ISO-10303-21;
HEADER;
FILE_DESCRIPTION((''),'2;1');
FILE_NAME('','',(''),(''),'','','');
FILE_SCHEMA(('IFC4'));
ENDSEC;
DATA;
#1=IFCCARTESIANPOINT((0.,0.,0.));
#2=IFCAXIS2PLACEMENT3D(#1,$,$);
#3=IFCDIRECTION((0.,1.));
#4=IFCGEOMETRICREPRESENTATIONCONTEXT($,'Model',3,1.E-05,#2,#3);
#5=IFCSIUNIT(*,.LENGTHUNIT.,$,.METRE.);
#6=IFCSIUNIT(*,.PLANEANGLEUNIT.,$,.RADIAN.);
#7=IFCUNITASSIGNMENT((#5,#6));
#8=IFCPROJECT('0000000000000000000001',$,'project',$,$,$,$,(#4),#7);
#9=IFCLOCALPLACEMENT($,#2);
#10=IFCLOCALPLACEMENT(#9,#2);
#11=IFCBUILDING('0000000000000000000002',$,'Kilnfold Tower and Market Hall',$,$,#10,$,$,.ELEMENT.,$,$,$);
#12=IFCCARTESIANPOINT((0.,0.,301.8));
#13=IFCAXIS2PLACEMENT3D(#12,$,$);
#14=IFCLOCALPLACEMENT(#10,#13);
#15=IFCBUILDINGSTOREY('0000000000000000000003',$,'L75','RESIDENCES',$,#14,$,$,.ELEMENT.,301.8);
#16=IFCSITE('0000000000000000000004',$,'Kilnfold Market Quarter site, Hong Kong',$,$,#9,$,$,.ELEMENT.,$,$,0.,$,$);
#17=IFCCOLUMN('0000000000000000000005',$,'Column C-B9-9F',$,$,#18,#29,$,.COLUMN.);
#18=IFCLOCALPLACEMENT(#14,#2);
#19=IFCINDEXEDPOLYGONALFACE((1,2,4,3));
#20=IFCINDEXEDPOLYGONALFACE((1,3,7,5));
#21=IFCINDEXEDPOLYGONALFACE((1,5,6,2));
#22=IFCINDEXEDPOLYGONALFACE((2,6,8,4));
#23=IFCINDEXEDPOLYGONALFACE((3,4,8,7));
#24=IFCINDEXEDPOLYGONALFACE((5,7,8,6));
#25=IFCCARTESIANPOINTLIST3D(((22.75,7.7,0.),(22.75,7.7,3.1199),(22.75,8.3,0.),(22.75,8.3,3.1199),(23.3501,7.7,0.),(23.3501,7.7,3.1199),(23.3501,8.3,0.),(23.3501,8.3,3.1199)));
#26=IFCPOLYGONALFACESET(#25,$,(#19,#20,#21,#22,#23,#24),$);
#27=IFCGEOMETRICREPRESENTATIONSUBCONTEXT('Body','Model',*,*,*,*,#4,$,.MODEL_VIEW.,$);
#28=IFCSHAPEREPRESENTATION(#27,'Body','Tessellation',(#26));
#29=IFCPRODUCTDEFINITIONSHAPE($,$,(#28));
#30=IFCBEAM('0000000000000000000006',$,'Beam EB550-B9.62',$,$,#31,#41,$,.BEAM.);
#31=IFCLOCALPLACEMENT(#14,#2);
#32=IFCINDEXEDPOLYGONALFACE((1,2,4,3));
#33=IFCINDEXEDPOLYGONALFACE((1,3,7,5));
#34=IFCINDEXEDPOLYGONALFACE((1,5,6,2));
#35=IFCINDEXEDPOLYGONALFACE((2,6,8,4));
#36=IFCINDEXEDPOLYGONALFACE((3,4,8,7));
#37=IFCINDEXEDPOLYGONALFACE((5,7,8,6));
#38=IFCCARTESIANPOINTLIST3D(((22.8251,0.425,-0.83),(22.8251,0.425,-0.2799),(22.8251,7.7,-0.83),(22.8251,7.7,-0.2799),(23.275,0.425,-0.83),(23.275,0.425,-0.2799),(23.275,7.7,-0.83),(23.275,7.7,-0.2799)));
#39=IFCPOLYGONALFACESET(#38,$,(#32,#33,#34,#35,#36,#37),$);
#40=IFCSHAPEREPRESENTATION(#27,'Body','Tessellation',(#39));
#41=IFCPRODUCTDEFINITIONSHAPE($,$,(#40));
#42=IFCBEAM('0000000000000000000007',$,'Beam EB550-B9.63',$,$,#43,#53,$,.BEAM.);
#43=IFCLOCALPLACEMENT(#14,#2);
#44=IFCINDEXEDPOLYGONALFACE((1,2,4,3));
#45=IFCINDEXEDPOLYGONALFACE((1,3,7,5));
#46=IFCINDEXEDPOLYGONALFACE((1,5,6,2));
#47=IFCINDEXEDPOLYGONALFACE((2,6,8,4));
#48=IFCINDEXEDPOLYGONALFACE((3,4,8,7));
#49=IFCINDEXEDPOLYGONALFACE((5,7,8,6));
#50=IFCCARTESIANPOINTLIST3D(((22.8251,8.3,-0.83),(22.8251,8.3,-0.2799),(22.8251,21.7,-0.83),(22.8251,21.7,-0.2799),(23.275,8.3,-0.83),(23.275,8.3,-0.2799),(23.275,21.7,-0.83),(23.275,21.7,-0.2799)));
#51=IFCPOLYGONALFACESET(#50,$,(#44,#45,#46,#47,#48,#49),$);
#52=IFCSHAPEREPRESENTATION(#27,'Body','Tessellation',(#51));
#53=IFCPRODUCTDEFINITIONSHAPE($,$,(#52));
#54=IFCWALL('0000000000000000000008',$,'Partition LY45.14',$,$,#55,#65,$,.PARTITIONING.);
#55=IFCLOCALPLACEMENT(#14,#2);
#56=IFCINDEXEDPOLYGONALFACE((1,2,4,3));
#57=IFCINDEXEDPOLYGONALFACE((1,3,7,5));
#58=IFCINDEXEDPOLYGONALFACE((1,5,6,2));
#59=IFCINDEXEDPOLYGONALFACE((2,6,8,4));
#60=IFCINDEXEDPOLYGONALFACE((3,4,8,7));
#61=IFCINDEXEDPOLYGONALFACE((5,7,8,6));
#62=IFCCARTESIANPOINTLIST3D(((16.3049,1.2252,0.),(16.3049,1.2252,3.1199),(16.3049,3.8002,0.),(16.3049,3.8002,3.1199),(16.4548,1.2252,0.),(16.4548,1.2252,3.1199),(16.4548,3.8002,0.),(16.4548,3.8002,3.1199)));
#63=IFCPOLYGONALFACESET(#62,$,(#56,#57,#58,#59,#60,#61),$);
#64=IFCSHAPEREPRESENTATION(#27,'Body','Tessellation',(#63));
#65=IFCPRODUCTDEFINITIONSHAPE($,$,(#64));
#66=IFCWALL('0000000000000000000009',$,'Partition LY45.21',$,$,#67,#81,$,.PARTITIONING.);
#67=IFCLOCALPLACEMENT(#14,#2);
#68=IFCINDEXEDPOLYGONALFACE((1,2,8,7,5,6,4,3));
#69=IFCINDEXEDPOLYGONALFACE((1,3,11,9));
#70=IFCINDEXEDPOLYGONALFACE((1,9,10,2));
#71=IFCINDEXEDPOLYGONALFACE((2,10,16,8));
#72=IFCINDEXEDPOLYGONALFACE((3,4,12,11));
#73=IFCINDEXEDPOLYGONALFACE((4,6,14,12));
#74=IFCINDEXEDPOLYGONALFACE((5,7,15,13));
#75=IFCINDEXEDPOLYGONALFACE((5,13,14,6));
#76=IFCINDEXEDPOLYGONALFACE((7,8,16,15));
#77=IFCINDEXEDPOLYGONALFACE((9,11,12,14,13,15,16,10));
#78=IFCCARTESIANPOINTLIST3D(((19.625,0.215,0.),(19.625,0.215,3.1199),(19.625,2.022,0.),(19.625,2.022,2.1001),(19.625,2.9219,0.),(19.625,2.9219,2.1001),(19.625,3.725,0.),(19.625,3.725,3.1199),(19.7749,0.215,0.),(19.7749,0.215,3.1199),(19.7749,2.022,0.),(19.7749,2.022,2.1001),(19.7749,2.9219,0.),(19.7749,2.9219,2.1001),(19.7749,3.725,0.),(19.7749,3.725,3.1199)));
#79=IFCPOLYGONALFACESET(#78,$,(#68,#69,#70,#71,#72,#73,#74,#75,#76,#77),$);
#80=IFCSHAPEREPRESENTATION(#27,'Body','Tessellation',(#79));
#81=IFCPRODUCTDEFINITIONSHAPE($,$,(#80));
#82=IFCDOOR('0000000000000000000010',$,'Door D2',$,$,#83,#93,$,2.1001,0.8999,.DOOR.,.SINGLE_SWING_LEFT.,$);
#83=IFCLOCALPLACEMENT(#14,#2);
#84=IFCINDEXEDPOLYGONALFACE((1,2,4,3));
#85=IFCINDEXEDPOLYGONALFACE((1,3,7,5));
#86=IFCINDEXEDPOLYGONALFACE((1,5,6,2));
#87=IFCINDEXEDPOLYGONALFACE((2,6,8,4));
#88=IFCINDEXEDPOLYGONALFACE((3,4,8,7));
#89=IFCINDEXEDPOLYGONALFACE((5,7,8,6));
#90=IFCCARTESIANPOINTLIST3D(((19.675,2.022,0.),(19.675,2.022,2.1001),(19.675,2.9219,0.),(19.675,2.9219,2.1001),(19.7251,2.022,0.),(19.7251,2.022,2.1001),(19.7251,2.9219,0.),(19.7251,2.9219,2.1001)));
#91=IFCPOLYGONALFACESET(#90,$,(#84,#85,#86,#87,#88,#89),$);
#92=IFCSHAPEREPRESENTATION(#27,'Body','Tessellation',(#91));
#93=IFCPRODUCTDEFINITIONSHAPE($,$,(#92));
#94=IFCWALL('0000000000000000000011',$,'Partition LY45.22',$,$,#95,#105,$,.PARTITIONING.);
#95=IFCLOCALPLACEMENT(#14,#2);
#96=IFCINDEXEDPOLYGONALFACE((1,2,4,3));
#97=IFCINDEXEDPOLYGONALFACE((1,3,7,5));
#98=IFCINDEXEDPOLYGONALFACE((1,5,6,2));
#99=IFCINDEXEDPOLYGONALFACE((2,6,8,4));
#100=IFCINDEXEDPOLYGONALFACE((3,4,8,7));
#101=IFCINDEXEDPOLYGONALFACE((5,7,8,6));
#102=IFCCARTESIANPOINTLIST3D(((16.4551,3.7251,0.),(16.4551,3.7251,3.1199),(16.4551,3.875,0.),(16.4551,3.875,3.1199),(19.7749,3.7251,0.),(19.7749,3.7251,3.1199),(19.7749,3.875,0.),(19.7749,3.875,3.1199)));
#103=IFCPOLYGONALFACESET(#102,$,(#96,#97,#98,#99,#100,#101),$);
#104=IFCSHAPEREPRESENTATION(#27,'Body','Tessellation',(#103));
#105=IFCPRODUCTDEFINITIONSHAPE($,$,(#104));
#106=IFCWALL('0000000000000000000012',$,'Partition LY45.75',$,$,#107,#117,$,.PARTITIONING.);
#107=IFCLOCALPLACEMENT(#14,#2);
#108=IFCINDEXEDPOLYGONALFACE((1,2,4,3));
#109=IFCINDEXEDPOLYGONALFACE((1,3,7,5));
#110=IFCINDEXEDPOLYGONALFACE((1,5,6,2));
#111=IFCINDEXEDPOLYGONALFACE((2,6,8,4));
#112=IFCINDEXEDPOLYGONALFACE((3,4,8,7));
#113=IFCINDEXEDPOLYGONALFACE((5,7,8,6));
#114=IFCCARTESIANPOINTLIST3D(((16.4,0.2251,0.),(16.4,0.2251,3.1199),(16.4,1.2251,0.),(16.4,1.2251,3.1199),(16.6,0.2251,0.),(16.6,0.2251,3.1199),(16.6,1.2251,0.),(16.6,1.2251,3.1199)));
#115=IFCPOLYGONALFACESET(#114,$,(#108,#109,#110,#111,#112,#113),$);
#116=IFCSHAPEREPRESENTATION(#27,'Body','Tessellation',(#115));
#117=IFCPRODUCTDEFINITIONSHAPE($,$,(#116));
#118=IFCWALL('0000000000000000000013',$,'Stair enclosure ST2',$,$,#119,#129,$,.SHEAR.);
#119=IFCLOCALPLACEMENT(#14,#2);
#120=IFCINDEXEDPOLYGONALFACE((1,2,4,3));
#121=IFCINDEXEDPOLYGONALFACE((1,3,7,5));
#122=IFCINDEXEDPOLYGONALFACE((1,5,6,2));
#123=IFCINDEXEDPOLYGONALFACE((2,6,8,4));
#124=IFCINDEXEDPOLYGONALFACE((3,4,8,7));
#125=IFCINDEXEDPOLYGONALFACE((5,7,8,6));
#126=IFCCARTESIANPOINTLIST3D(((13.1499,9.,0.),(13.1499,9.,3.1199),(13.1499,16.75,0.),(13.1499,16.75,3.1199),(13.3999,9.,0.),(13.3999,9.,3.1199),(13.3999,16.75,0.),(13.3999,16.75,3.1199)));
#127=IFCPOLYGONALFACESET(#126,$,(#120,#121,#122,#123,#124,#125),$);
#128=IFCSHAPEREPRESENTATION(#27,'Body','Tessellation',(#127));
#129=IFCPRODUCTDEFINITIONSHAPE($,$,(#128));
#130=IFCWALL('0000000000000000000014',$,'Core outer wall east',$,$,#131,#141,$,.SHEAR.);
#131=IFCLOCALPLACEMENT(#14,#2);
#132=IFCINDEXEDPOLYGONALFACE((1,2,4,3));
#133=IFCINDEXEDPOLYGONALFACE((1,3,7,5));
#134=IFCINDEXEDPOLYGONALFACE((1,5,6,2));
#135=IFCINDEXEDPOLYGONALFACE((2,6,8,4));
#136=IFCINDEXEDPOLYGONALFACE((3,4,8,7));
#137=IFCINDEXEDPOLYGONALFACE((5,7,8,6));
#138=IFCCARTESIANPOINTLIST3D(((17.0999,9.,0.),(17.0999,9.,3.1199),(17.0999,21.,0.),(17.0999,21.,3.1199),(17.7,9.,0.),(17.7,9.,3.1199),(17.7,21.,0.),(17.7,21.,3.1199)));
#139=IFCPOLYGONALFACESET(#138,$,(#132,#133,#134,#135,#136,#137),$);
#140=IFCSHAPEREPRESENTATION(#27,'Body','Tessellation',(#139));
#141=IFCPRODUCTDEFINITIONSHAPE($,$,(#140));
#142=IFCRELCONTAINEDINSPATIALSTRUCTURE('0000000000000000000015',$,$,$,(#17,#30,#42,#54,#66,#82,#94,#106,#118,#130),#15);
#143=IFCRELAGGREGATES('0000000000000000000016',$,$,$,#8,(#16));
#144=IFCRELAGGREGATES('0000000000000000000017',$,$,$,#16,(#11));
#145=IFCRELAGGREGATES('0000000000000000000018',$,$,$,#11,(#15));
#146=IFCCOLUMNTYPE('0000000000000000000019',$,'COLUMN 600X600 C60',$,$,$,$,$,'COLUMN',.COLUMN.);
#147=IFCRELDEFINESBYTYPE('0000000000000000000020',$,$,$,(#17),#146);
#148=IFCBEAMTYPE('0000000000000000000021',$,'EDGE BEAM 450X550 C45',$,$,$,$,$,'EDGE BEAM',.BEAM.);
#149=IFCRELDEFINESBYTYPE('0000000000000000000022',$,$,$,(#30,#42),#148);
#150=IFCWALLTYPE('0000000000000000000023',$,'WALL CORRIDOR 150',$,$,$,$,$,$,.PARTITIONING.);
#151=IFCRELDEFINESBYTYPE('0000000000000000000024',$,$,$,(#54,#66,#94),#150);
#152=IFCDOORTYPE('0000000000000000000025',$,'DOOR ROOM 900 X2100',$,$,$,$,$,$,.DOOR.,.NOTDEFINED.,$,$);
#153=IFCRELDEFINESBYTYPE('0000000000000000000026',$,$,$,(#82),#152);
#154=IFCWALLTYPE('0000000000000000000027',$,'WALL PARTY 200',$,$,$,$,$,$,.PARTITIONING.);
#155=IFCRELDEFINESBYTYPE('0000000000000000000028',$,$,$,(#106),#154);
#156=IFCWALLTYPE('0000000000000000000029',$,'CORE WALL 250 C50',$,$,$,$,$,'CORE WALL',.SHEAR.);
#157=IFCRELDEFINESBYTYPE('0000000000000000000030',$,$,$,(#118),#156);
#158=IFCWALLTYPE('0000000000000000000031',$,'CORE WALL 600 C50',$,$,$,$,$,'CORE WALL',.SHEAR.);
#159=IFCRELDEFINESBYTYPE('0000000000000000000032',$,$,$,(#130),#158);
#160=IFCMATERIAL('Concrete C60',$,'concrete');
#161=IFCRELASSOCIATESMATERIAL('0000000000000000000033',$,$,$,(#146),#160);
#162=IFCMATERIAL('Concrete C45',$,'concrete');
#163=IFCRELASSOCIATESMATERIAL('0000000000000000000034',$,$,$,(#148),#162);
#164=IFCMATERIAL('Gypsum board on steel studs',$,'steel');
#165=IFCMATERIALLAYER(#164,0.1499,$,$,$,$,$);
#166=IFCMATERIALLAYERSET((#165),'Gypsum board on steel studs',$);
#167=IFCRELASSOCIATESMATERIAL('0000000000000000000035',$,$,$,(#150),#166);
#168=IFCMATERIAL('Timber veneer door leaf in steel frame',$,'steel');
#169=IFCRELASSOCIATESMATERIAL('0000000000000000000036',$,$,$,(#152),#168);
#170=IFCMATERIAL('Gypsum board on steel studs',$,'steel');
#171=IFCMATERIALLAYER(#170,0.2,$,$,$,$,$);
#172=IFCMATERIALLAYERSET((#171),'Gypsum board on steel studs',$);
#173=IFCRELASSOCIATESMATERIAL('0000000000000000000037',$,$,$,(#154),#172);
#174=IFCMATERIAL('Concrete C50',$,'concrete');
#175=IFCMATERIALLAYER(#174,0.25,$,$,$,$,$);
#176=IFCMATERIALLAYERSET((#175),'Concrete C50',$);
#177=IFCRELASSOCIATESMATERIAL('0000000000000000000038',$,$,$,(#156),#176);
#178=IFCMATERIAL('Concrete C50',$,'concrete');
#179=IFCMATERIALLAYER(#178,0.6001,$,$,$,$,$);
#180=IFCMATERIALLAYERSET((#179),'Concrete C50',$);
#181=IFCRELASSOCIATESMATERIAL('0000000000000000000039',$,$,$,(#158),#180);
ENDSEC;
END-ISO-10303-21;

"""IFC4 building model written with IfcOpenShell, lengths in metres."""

from ifc_helpers import new_model, si_unit, direction, frame, frame_2d, origin, origin_2d, place, context, subcontext, project, spatial, rectangle, extrude, source, transform, mapped, material, layer, layer_set, material_profile, profile_set, type_object, element, fill, save


model = new_model("IFC4")

# Units and contexts
model_context = context("Model", 3, precision=1e-05, world=origin(), true_north=direction((0.0, 1.0)))
body_context = subcontext(model_context, "Body", "Model", "MODEL_VIEW")
ifc_project = project(units=[si_unit("LENGTHUNIT", "METRE"), si_unit("PLANEANGLEUNIT", "RADIAN")], contexts=[model_context])

# Site, building, storey
site_placement = place(None, origin())
site = spatial("IfcSite", under=ifc_project, at=site_placement, Name="Kilnfold Market Quarter site, Hong Kong", CompositionType="ELEMENT", RefElevation=0.0)
building_placement = place(site_placement, origin())
building = spatial("IfcBuilding", under=site, at=building_placement, Name="Kilnfold Tower and Market Hall", CompositionType="ELEMENT")
storey_placement = place(building_placement, frame((0.0, 0.0, 301.8)))
storey = spatial("IfcBuildingStorey", under=building, at=storey_placement, Name="L75", Description="RESIDENCES", CompositionType="ELEMENT", Elevation=301.8)

# Column
ifc_material_1 = material(Name="Concrete C60", Category="concrete")
ifc_material_profile_1 = material_profile(ifc_material_1, rectangle(XDim=0.6001, YDim=0.6001, at=origin_2d()), Name="RC 600x600")
ifc_profile_set_1 = profile_set([ifc_material_profile_1], Name="Concrete C60")
column_type = type_object("IfcColumnType", Name="COLUMN 600X600 C60", ElementType="COLUMN", PredefinedType="COLUMN", material=ifc_profile_set_1)
shared_shape_1 = source(origin(), body_context, "Body", "SweptSolid", [
    extrude(rectangle(XDim=0.6001, YDim=0.6001, at=origin_2d()), origin(), (0.0, 0.0, 1.0), 3.1199),
])
column_placement = place(storey_placement, frame((23.05, 8.0, 0.0), z_axis=(0.0, 0.0, 1.0), x_axis=(1.0, 0.0, 0.0)))
element("IfcColumn", 1, at=column_placement, inside=storey, type_object=column_type, Name="Column C-B9-9F", PredefinedType="COLUMN", context=body_context, shape_type="MappedRepresentation", body=[
    mapped(shared_shape_1, transform((0.0, 0.0, 0.0))),
])

# Beams
ifc_material_2 = material(Name="Concrete C45", Category="concrete")
ifc_material_profile_2 = material_profile(ifc_material_2, rectangle(XDim=0.45, YDim=0.55, at=origin_2d()), Name="RC 450x550")
ifc_profile_set_2 = profile_set([ifc_material_profile_2], Name="Concrete C45")
beam_type = type_object("IfcBeamType", Name="EDGE BEAM 450X550 C45", ElementType="EDGE BEAM", PredefinedType="BEAM", material=ifc_profile_set_2)
shared_shape_2 = source(origin(), body_context, "Body", "SweptSolid", [
    extrude(rectangle(XDim=0.45, YDim=0.55, at=origin_2d()), origin(), (0.0, 0.0, 1.0), 7.2749),
])
beam_1_placement = place(storey_placement, frame((23.05, 0.425, -0.5549), z_axis=(0.0, 1.0, 0.0), x_axis=(-1.0, 0.0, 0.0)))
element("IfcBeam", 2, at=beam_1_placement, inside=storey, type_object=beam_type, Name="Beam EB550-B9.62", PredefinedType="BEAM", context=body_context, shape_type="MappedRepresentation", body=[
    mapped(shared_shape_2, transform((0.0, 0.0, 0.0))),
])
shared_shape_3 = source(origin(), body_context, "Body", "SweptSolid", [
    extrude(rectangle(XDim=0.45, YDim=0.55, at=origin_2d()), origin(), (0.0, 0.0, 1.0), 13.3999),
])
beam_2_placement = place(storey_placement, frame((23.05, 8.3, -0.5549), z_axis=(0.0, 1.0, 0.0), x_axis=(-1.0, 0.0, 0.0)))
element("IfcBeam", 3, at=beam_2_placement, inside=storey, type_object=beam_type, Name="Beam EB550-B9.63", PredefinedType="BEAM", context=body_context, shape_type="MappedRepresentation", body=[
    mapped(shared_shape_3, transform((0.0, 0.0, 0.0))),
])

# Wall
ifc_material_3 = material(Name="Gypsum board on steel studs", Category="steel")
ifc_layer_1 = layer(ifc_material_3, 0.1499)
ifc_layer_set_1 = layer_set([ifc_layer_1], Name="Gypsum board on steel studs")
wall_type_1 = type_object("IfcWallType", Name="WALL CORRIDOR 150", PredefinedType="PARTITIONING", material=ifc_layer_set_1)
wall_1_placement = place(storey_placement, frame((16.3799, 1.2251, 0.0), z_axis=(0.0, 0.0, 1.0), x_axis=(0.0, 1.0, 0.0)))
element("IfcWall", 4, at=wall_1_placement, inside=storey, type_object=wall_type_1, Name="Partition LY45.14", PredefinedType="PARTITIONING", context=body_context, shape_type="SweptSolid", body=[
    extrude(rectangle(XDim=2.575, YDim=0.1499, at=frame_2d((1.2876, 0.0))), origin(), (0.0, 0.0, 1.0), 3.1199),
])

# Wall, opening, door
wall_2_placement = place(storey_placement, frame((19.7, 0.2151, 0.0), z_axis=(0.0, 0.0, 1.0), x_axis=(0.0, 1.0, 0.0)))
wall_2 = element("IfcWall", 5, at=wall_2_placement, inside=storey, type_object=wall_type_1, Name="Partition LY45.21", PredefinedType="PARTITIONING", context=body_context, shape_type="SweptSolid", body=[
    extrude(rectangle(XDim=3.51, YDim=0.1499, at=frame_2d((1.7549, 0.0))), origin(), (0.0, 0.0, 1.0), 3.1199),
])
opening_1_placement = place(wall_2_placement, frame((1.8069, 0.0, 0.0)))
opening_1 = element("IfcOpeningElement", 6, at=opening_1_placement, cuts=wall_2, PredefinedType="OPENING", context=body_context, shape_type="SweptSolid", body=[
    extrude(rectangle(XDim=0.8999, YDim=2.1001, at=frame_2d((0.45, 1.05))), frame((0.0, 0.085, 0.0), z_axis=(0.0, -1.0, 0.0), x_axis=(1.0, 0.0, 0.0)), (0.0, 0.0, 1.0), 0.1699),
])
ifc_material_4 = material(Name="Timber veneer door leaf in steel frame", Category="steel")
door_type_1 = type_object("IfcDoorType", Name="DOOR ROOM 900 X2100", OperationType="NOTDEFINED", PredefinedType="DOOR", material=ifc_material_4)
door_1_placement = place(opening_1_placement, origin())
door_1 = element("IfcDoor", 7, at=door_1_placement, inside=storey, type_object=door_type_1, Name="Door D2", OperationType="SINGLE_SWING_LEFT", OverallHeight=2.1001, OverallWidth=0.8999, PredefinedType="DOOR", context=body_context, shape_type="SweptSolid", body=[
    extrude(rectangle(XDim=0.8999, YDim=2.1001, at=frame_2d((0.45, 1.05))), frame((0.0, 0.0249, 0.0), z_axis=(0.0, -1.0, 0.0), x_axis=(1.0, 0.0, 0.0)), (0.0, 0.0, 1.0), 0.05),
])
fill(opening_1, door_1)

# Walls
wall_3_placement = place(storey_placement, frame((16.4551, 3.8, 0.0), z_axis=(0.0, 0.0, 1.0), x_axis=(1.0, 0.0, 0.0)))
element("IfcWall", 8, at=wall_3_placement, inside=storey, type_object=wall_type_1, Name="Partition LY45.22", PredefinedType="PARTITIONING", context=body_context, shape_type="SweptSolid", body=[
    extrude(rectangle(XDim=3.3198, YDim=0.1499, at=frame_2d((1.6599, 0.0))), origin(), (0.0, 0.0, 1.0), 3.1199),
])
ifc_material_5 = material(Name="Gypsum board on steel studs", Category="steel")
ifc_layer_2 = layer(ifc_material_5, 0.2)
ifc_layer_set_2 = layer_set([ifc_layer_2], Name="Gypsum board on steel studs")
wall_type_2 = type_object("IfcWallType", Name="WALL PARTY 200", PredefinedType="PARTITIONING", material=ifc_layer_set_2)
wall_4_placement = place(storey_placement, frame((16.5, 0.2251, 0.0), z_axis=(0.0, 0.0, 1.0), x_axis=(0.0, 1.0, 0.0)))
element("IfcWall", 9, at=wall_4_placement, inside=storey, type_object=wall_type_2, Name="Partition LY45.75", PredefinedType="PARTITIONING", context=body_context, shape_type="SweptSolid", body=[
    extrude(rectangle(XDim=1.0, YDim=0.2, at=frame_2d((0.5, 0.0))), origin(), (0.0, 0.0, 1.0), 3.1199),
])
ifc_material_6 = material(Name="Concrete C50", Category="concrete")
ifc_layer_3 = layer(ifc_material_6, 0.25)
ifc_layer_set_3 = layer_set([ifc_layer_3], Name="Concrete C50")
wall_type_3 = type_object("IfcWallType", Name="CORE WALL 250 C50", ElementType="CORE WALL", PredefinedType="SHEAR", material=ifc_layer_set_3)
shared_shape_4 = source(origin(), body_context, "Body", "SweptSolid", [
    extrude(rectangle(XDim=7.75, YDim=0.25, at=frame_2d((3.875, 0.0))), origin(), (0.0, 0.0, 1.0), 3.1199),
])
wall_5_placement = place(storey_placement, frame((13.2749, 9.0, 0.0), z_axis=(0.0, 0.0, 1.0), x_axis=(0.0, 1.0, 0.0)))
element("IfcWall", 10, at=wall_5_placement, inside=storey, type_object=wall_type_3, Name="Stair enclosure ST2", PredefinedType="SHEAR", context=body_context, shape_type="MappedRepresentation", body=[
    mapped(shared_shape_4, transform((0.0, 0.0, 0.0))),
])
ifc_material_7 = material(Name="Concrete C50", Category="concrete")
ifc_layer_4 = layer(ifc_material_7, 0.6001)
ifc_layer_set_4 = layer_set([ifc_layer_4], Name="Concrete C50")
wall_type_4 = type_object("IfcWallType", Name="CORE WALL 600 C50", ElementType="CORE WALL", PredefinedType="SHEAR", material=ifc_layer_set_4)
shared_shape_5 = source(origin(), body_context, "Body", "SweptSolid", [
    extrude(rectangle(XDim=12.0, YDim=0.6001, at=frame_2d((6.0, 0.0))), origin(), (0.0, 0.0, 1.0), 3.1199),
])
wall_6_placement = place(storey_placement, frame((17.3999, 9.0, 0.0), z_axis=(0.0, 0.0, 1.0), x_axis=(0.0, 1.0, 0.0)))
element("IfcWall", 11, at=wall_6_placement, inside=storey, type_object=wall_type_4, Name="Core outer wall east", PredefinedType="SHEAR", context=body_context, shape_type="MappedRepresentation", body=[
    mapped(shared_shape_5, transform((0.0, 0.0, 0.0))),
])

save(model, "model.ifc")
